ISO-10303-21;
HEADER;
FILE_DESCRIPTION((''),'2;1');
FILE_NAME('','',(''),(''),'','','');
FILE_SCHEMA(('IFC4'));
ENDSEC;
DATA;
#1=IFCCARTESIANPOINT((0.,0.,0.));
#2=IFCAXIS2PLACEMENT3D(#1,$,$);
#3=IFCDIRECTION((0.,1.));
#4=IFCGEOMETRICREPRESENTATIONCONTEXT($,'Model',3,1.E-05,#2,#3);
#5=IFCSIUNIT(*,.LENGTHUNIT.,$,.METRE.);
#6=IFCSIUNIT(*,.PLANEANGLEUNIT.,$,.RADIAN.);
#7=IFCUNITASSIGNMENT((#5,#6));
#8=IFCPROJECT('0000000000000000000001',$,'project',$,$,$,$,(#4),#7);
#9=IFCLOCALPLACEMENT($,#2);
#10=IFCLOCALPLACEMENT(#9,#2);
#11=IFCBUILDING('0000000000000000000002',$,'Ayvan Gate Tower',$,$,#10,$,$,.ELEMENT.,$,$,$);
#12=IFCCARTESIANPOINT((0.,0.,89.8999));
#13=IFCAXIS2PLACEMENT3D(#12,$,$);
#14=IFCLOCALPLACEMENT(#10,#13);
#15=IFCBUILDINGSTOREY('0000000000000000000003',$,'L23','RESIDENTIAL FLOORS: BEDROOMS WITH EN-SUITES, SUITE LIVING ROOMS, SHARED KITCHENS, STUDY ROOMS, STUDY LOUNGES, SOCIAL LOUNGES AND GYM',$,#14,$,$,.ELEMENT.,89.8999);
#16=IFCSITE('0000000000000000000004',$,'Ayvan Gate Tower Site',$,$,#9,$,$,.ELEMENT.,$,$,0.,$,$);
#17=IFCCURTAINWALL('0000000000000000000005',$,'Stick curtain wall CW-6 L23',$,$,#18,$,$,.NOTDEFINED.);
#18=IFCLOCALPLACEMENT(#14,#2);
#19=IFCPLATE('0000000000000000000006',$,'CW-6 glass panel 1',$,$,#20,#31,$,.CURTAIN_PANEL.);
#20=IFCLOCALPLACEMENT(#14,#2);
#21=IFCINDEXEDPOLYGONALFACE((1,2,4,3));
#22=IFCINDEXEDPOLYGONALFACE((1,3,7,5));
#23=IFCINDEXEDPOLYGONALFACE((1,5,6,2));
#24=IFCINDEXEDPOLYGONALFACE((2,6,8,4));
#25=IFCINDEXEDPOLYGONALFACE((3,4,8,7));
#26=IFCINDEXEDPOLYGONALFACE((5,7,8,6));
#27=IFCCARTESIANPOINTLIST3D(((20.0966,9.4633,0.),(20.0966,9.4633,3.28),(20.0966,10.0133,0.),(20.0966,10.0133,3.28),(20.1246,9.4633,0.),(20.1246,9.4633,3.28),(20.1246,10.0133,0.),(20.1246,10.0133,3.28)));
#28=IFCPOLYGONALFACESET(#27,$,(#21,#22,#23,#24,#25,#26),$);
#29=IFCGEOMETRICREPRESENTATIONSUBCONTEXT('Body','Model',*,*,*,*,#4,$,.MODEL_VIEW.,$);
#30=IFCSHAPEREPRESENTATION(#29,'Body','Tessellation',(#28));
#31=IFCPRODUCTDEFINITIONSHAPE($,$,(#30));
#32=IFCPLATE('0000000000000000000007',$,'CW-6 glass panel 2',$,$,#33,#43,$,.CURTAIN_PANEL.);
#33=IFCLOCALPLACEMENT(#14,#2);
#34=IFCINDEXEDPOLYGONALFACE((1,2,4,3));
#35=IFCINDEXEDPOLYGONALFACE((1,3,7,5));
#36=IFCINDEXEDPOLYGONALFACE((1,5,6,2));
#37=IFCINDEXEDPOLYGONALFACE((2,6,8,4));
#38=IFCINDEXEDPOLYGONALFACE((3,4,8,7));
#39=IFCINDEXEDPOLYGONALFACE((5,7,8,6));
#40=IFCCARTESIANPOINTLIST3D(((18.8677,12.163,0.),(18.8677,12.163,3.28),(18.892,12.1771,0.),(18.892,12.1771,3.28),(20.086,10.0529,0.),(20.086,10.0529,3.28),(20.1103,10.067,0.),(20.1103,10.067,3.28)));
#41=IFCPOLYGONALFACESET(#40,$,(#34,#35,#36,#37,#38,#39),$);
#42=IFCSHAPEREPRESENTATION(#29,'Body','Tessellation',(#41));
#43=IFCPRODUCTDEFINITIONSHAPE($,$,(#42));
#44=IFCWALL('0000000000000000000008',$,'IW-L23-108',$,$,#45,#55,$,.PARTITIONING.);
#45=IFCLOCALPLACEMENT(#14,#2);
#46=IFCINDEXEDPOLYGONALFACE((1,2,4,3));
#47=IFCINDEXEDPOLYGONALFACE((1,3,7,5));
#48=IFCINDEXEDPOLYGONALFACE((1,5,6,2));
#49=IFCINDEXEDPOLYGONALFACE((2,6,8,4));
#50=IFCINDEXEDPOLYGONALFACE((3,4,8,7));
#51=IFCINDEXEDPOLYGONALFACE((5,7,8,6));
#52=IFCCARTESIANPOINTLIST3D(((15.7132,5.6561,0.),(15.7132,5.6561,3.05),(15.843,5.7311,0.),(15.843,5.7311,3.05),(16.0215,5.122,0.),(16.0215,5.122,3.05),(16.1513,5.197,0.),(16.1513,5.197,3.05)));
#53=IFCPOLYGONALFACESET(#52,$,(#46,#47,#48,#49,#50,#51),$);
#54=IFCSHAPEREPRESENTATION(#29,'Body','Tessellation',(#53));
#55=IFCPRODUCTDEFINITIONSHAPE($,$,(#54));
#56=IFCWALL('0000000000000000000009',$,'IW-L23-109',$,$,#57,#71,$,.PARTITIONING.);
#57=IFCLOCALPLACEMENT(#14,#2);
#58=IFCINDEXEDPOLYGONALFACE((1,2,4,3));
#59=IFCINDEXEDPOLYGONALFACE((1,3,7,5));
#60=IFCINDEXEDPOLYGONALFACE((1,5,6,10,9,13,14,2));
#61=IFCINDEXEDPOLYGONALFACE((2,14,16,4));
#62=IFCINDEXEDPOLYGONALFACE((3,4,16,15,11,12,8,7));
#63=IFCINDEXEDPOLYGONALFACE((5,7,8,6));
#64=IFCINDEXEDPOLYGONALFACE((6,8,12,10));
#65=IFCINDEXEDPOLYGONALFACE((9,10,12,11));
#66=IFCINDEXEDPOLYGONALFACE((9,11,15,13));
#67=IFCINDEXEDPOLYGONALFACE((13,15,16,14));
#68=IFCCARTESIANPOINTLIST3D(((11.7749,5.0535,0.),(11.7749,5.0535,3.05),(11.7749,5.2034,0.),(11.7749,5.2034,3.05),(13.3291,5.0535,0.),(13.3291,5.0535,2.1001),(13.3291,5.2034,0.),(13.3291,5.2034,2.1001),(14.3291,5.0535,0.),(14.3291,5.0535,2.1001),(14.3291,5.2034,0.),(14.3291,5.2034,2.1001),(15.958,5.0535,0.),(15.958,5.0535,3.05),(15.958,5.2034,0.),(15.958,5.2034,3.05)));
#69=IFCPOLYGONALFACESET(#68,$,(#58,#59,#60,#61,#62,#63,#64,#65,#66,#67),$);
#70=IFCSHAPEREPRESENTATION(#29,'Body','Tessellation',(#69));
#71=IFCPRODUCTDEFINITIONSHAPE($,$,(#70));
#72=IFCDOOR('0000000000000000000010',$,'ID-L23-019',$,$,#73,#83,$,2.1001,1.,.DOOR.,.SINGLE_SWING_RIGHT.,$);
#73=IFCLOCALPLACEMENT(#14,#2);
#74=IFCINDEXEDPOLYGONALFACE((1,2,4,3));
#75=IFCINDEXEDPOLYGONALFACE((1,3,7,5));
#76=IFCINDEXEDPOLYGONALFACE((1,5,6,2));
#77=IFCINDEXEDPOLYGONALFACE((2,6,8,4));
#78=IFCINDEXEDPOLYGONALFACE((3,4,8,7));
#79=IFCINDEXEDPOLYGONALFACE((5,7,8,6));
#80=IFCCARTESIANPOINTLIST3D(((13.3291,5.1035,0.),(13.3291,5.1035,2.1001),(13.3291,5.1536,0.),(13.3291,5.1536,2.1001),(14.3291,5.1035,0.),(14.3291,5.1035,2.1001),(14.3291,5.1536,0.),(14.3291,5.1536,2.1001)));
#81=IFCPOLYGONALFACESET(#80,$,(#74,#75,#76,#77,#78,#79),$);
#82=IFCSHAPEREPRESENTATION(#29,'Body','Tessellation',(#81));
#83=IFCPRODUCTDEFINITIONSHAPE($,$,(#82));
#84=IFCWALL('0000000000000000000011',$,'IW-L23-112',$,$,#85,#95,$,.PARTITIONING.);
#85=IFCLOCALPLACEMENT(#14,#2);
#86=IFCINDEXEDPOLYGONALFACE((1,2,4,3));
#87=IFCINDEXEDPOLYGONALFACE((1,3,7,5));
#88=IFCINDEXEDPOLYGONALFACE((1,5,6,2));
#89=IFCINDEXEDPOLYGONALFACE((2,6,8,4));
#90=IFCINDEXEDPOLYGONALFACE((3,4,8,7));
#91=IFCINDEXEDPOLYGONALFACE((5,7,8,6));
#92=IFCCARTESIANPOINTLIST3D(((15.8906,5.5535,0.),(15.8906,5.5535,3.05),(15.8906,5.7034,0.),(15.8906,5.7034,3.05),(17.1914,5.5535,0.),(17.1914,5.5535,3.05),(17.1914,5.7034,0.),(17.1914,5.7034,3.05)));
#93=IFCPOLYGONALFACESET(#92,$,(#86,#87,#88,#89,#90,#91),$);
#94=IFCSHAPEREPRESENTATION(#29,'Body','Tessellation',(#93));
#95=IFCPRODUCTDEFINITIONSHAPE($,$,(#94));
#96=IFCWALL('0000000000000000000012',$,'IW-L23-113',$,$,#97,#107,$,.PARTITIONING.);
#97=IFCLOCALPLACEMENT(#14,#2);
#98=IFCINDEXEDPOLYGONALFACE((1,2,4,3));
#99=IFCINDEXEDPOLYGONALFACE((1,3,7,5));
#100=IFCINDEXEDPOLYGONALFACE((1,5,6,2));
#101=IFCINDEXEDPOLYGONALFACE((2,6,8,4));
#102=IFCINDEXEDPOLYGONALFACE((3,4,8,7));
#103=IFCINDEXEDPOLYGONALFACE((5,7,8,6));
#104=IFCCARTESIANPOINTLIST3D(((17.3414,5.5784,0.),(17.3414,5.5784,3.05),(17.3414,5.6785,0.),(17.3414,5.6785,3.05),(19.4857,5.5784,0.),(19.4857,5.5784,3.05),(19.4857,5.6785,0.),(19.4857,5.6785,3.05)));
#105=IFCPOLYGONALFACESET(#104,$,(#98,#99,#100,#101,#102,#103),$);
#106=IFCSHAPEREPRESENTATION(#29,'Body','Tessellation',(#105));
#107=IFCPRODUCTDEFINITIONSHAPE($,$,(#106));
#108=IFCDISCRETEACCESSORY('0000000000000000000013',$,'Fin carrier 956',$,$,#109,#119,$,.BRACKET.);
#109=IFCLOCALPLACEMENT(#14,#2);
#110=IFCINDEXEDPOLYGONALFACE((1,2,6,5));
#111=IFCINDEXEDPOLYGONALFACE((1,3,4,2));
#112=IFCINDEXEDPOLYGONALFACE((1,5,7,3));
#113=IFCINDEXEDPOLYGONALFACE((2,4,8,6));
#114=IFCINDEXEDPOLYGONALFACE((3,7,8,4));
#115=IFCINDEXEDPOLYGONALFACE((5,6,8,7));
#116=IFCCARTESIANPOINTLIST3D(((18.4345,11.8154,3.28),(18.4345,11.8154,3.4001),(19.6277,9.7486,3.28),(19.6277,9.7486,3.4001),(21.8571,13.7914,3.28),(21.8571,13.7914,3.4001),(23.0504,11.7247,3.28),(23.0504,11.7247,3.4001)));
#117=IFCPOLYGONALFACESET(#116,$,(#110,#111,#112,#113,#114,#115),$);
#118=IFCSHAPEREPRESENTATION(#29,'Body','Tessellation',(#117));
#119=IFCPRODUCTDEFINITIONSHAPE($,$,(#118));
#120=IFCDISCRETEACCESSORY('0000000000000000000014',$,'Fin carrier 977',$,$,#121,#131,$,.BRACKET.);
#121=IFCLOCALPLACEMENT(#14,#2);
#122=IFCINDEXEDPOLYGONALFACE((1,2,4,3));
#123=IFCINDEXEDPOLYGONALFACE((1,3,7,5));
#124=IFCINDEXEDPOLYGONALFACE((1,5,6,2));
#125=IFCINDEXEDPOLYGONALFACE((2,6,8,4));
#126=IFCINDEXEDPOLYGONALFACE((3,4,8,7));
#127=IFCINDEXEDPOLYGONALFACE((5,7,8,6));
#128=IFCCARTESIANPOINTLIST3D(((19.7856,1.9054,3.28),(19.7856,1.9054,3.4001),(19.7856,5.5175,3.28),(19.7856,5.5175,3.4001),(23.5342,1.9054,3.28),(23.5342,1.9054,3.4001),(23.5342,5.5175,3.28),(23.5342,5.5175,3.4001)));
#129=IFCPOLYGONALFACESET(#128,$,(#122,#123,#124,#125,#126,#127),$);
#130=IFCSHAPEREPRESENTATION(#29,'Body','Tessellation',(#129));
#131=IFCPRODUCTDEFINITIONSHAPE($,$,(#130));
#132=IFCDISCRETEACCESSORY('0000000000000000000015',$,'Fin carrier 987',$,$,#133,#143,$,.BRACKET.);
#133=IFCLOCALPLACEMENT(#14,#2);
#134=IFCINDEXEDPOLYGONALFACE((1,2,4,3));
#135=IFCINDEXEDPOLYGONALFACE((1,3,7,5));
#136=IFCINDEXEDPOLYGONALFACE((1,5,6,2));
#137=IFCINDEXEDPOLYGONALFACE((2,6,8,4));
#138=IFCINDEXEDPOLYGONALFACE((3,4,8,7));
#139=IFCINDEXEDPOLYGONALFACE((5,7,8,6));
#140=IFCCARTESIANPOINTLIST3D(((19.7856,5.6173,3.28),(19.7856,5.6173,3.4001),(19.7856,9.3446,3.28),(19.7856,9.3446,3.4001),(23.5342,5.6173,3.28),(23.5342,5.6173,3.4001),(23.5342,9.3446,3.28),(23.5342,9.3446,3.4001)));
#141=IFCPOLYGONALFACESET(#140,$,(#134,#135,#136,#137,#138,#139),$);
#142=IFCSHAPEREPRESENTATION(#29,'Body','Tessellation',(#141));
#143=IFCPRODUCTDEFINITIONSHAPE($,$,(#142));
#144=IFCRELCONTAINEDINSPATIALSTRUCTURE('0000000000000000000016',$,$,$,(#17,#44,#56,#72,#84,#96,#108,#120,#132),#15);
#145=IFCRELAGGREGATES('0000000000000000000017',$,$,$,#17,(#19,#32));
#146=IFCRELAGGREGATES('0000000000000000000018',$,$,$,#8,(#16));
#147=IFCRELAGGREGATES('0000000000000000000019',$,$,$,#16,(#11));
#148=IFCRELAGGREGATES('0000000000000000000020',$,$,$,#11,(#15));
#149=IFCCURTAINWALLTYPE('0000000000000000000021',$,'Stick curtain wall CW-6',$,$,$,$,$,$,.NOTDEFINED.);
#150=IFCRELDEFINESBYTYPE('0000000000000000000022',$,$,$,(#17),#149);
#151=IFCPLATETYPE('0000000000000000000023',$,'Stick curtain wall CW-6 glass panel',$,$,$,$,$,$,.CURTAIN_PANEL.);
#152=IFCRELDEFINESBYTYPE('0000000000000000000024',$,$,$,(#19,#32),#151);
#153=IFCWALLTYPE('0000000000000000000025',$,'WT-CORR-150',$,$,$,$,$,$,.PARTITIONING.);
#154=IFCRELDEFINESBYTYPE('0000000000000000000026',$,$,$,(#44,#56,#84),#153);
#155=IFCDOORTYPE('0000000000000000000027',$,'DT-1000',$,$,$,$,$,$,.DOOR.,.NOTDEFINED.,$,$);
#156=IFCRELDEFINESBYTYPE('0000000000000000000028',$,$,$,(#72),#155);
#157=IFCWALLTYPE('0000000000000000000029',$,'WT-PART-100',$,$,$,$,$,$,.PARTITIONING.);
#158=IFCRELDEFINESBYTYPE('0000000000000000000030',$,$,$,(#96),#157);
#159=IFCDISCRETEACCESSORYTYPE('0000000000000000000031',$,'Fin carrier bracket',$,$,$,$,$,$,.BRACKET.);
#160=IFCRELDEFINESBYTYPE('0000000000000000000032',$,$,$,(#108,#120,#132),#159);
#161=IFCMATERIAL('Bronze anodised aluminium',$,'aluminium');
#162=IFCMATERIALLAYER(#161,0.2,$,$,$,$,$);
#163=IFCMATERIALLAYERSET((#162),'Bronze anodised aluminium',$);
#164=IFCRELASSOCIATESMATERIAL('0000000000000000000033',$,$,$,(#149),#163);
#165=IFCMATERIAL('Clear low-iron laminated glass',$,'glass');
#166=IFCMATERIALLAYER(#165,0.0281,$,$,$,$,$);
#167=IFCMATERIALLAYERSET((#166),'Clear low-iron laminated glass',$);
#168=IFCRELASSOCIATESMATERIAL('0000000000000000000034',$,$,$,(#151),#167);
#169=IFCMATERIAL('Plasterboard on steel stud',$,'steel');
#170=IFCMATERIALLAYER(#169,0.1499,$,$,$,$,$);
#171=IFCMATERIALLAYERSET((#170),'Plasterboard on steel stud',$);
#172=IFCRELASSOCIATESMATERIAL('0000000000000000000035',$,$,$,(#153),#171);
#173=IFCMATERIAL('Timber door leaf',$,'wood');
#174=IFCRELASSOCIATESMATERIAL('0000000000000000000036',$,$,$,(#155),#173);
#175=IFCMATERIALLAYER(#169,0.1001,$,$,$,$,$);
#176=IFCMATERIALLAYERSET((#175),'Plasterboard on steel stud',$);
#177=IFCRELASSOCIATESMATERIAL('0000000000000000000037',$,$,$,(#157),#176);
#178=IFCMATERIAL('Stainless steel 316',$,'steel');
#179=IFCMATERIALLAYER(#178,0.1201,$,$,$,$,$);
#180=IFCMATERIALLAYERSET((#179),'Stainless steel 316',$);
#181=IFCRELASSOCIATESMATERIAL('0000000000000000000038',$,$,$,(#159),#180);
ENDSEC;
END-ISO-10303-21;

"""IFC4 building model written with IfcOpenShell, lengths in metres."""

from ifc_helpers import new_model, si_unit, direction, frame, frame_2d, origin, origin_2d, place, context, subcontext, project, spatial, rectangle, extrude, material, layer, layer_set, type_object, element, fill, aggregate, save


model = new_model("IFC4")

# Units and contexts
model_context = context("Model", 3, precision=1e-05, world=origin(), true_north=direction((0.0, 1.0)))
body_context = subcontext(model_context, "Body", "Model", "MODEL_VIEW")
ifc_project = project(units=[si_unit("LENGTHUNIT", "METRE"), si_unit("PLANEANGLEUNIT", "RADIAN")], contexts=[model_context])

# Site, building, storey
site_placement = place(None, origin())
site = spatial("IfcSite", under=ifc_project, at=site_placement, Name="Ayvan Gate Tower Site", CompositionType="ELEMENT", RefElevation=0.0)
building_placement = place(site_placement, origin())
building = spatial("IfcBuilding", under=site, at=building_placement, Name="Ayvan Gate Tower", CompositionType="ELEMENT")
storey_placement = place(building_placement, frame((0.0, 0.0, 89.8999)))
storey = spatial("IfcBuildingStorey", under=building, at=storey_placement, Name="L23", Description="RESIDENTIAL FLOORS: BEDROOMS WITH EN-SUITES, SUITE LIVING ROOMS, SHARED KITCHENS, STUDY ROOMS, STUDY LOUNGES, SOCIAL LOUNGES AND GYM", CompositionType="ELEMENT", Elevation=89.8999)

# Curtain wall
ifc_material_1 = material(Name="Bronze anodised aluminium", Category="aluminium")
ifc_layer_1 = layer(ifc_material_1, 0.2)
ifc_layer_set_1 = layer_set([ifc_layer_1], Name="Bronze anodised aluminium")
curtain_wall_type_1 = type_object("IfcCurtainWallType", Name="Stick curtain wall CW-6", PredefinedType="NOTDEFINED", material=ifc_layer_set_1)
curtain_wall_1_placement = place(storey_placement, origin())
curtain_wall_1 = element("IfcCurtainWall", 1, at=curtain_wall_1_placement, inside=storey, type_object=curtain_wall_type_1, Name="Stick curtain wall CW-6 L23", PredefinedType="NOTDEFINED")

# Plates
ifc_material_2 = material(Name="Clear low-iron laminated glass", Category="glass")
ifc_layer_2 = layer(ifc_material_2, 0.0281)
ifc_layer_set_2 = layer_set([ifc_layer_2], Name="Clear low-iron laminated glass")
plate_type_1 = type_object("IfcPlateType", Name="Stick curtain wall CW-6 glass panel", PredefinedType="CURTAIN_PANEL", material=ifc_layer_set_2)
plate_1_placement = place(storey_placement, frame((20.1106, 9.7383, 0.0), z_axis=(0.0, 0.0, 1.0), x_axis=(0.0, 1.0, 0.0)))
plate_1 = element("IfcPlate", 2, at=plate_1_placement, type_object=plate_type_1, Name="CW-6 glass panel 1", PredefinedType="CURTAIN_PANEL", context=body_context, shape_type="SweptSolid", body=[
    extrude(rectangle(XDim=0.55, YDim=0.0281, at=origin_2d()), origin(), (0.0, 0.0, 1.0), 3.28),
])
plate_2_placement = place(storey_placement, frame((19.489, 11.115, 0.0), z_axis=(0.0, 0.0, 1.0), x_axis=(-0.5, 0.866025, 0.0)))
plate_2 = element("IfcPlate", 3, at=plate_2_placement, type_object=plate_type_1, Name="CW-6 glass panel 2", PredefinedType="CURTAIN_PANEL", context=body_context, shape_type="SweptSolid", body=[
    extrude(rectangle(XDim=2.4365, YDim=0.0281, at=origin_2d()), origin(), (0.0, 0.0, 1.0), 3.28),
])
aggregate(curtain_wall_1, [plate_1, plate_2])

# Wall
ifc_material_3 = material(Name="Plasterboard on steel stud", Category="steel")
ifc_layer_3 = layer(ifc_material_3, 0.1499)
ifc_layer_set_3 = layer_set([ifc_layer_3], Name="Plasterboard on steel stud")
wall_type_1 = type_object("IfcWallType", Name="WT-CORR-150", PredefinedType="PARTITIONING", material=ifc_layer_set_3)
wall_1_placement = place(storey_placement, frame((15.7781, 5.6936, 0.0), z_axis=(0.0, 0.0, 1.0), x_axis=(0.499928, -0.866067, 0.0)))
element("IfcWall", 4, at=wall_1_placement, inside=storey, type_object=wall_type_1, Name="IW-L23-108", PredefinedType="PARTITIONING", context=body_context, shape_type="SweptSolid", body=[
    extrude(rectangle(XDim=0.6167, YDim=0.1499, at=frame_2d((0.3083, 0.0))), origin(), (0.0, 0.0, 1.0), 3.05),
])

# Wall, opening, door
wall_2_placement = place(storey_placement, frame((15.958, 5.1284, 0.0), z_axis=(0.0, 0.0, 1.0), x_axis=(-1.0, 0.0, 0.0)))
wall_2 = element("IfcWall", 5, at=wall_2_placement, inside=storey, type_object=wall_type_1, Name="IW-L23-109", PredefinedType="PARTITIONING", context=body_context, shape_type="SweptSolid", body=[
    extrude(rectangle(XDim=4.1831, YDim=0.1499, at=frame_2d((2.0916, 0.0))), origin(), (0.0, 0.0, 1.0), 3.05),
])
opening_placement = place(wall_2_placement, frame((1.6289, 0.0, 0.0)))
opening = element("IfcOpeningElement", 6, at=opening_placement, cuts=wall_2, PredefinedType="OPENING", context=body_context, shape_type="SweptSolid", body=[
    extrude(rectangle(XDim=1.0, YDim=2.1001, at=frame_2d((0.5, 1.05))), frame((0.0, 0.085, 0.0), z_axis=(0.0, -1.0, 0.0), x_axis=(1.0, 0.0, 0.0)), (0.0, 0.0, 1.0), 0.1699),
])
ifc_material_4 = material(Name="Timber door leaf", Category="wood")
door_type = type_object("IfcDoorType", Name="DT-1000", OperationType="NOTDEFINED", PredefinedType="DOOR", material=ifc_material_4)
door_placement = place(opening_placement, origin())
door = element("IfcDoor", 7, at=door_placement, inside=storey, type_object=door_type, Name="ID-L23-019", OperationType="SINGLE_SWING_RIGHT", OverallHeight=2.1001, OverallWidth=1.0, PredefinedType="DOOR", context=body_context, shape_type="SweptSolid", body=[
    extrude(rectangle(XDim=1.0, YDim=2.1001, at=frame_2d((0.5, 1.05))), frame((0.0, 0.0249, 0.0), z_axis=(0.0, -1.0, 0.0), x_axis=(1.0, 0.0, 0.0)), (0.0, 0.0, 1.0), 0.05),
])
fill(opening, door)

# Walls
wall_3_placement = place(storey_placement, frame((17.1914, 5.6284, 0.0), z_axis=(0.0, 0.0, 1.0), x_axis=(-1.0, 0.0, 0.0)))
element("IfcWall", 8, at=wall_3_placement, inside=storey, type_object=wall_type_1, Name="IW-L23-112", PredefinedType="PARTITIONING", context=body_context, shape_type="SweptSolid", body=[
    extrude(rectangle(XDim=1.3008, YDim=0.1499, at=frame_2d((0.6504, 0.0))), origin(), (0.0, 0.0, 1.0), 3.05),
])
ifc_layer_4 = layer(ifc_material_3, 0.1001)
ifc_layer_set_4 = layer_set([ifc_layer_4], Name="Plasterboard on steel stud")
wall_type_2 = type_object("IfcWallType", Name="WT-PART-100", PredefinedType="PARTITIONING", material=ifc_layer_set_4)
wall_4_placement = place(storey_placement, frame((17.3413, 5.6284, 0.0), z_axis=(0.0, 0.0, 1.0), x_axis=(1.0, 0.0, 0.0)))
element("IfcWall", 9, at=wall_4_placement, inside=storey, type_object=wall_type_2, Name="IW-L23-113", PredefinedType="PARTITIONING", context=body_context, shape_type="SweptSolid", body=[
    extrude(rectangle(XDim=2.1443, YDim=0.1001, at=frame_2d((1.0723, 0.0))), origin(), (0.0, 0.0, 1.0), 3.05),
])

# Discrete accessories
ifc_material_5 = material(Name="Stainless steel 316", Category="steel")
ifc_layer_5 = layer(ifc_material_5, 0.1201)
ifc_layer_set_5 = layer_set([ifc_layer_5], Name="Stainless steel 316")
discrete_accessory_type = type_object("IfcDiscreteAccessoryType", Name="Fin carrier bracket", PredefinedType="BRACKET", material=ifc_layer_set_5)
discrete_accessory_1_placement = place(storey_placement, frame((20.7424, 11.77, 3.28), z_axis=(0.0, 0.0, 1.0), x_axis=(-0.5, 0.866025, 0.0)))
element("IfcDiscreteAccessory", 10, at=discrete_accessory_1_placement, inside=storey, type_object=discrete_accessory_type, Name="Fin carrier 956", PredefinedType="BRACKET", context=body_context, shape_type="SweptSolid", body=[
    extrude(rectangle(XDim=2.3865, YDim=3.9521, at=origin_2d()), origin(), (0.0, 0.0, 1.0), 0.1201),
])
discrete_accessory_2_placement = place(storey_placement, frame((21.6599, 3.7114, 3.28), z_axis=(0.0, 0.0, 1.0), x_axis=(0.0, 1.0, 0.0)))
element("IfcDiscreteAccessory", 11, at=discrete_accessory_2_placement, inside=storey, type_object=discrete_accessory_type, Name="Fin carrier 977", PredefinedType="BRACKET", context=body_context, shape_type="SweptSolid", body=[
    extrude(rectangle(XDim=3.6121, YDim=3.7485, at=origin_2d()), origin(), (0.0, 0.0, 1.0), 0.1201),
])
discrete_accessory_3_placement = place(storey_placement, frame((21.6599, 7.481, 3.28), z_axis=(0.0, 0.0, 1.0), x_axis=(0.0, 1.0, 0.0)))
element("IfcDiscreteAccessory", 12, at=discrete_accessory_3_placement, inside=storey, type_object=discrete_accessory_type, Name="Fin carrier 987", PredefinedType="BRACKET", context=body_context, shape_type="SweptSolid", body=[
    extrude(rectangle(XDim=3.7273, YDim=3.7485, at=origin_2d()), origin(), (0.0, 0.0, 1.0), 0.1201),
])

save(model, "model.ifc")
